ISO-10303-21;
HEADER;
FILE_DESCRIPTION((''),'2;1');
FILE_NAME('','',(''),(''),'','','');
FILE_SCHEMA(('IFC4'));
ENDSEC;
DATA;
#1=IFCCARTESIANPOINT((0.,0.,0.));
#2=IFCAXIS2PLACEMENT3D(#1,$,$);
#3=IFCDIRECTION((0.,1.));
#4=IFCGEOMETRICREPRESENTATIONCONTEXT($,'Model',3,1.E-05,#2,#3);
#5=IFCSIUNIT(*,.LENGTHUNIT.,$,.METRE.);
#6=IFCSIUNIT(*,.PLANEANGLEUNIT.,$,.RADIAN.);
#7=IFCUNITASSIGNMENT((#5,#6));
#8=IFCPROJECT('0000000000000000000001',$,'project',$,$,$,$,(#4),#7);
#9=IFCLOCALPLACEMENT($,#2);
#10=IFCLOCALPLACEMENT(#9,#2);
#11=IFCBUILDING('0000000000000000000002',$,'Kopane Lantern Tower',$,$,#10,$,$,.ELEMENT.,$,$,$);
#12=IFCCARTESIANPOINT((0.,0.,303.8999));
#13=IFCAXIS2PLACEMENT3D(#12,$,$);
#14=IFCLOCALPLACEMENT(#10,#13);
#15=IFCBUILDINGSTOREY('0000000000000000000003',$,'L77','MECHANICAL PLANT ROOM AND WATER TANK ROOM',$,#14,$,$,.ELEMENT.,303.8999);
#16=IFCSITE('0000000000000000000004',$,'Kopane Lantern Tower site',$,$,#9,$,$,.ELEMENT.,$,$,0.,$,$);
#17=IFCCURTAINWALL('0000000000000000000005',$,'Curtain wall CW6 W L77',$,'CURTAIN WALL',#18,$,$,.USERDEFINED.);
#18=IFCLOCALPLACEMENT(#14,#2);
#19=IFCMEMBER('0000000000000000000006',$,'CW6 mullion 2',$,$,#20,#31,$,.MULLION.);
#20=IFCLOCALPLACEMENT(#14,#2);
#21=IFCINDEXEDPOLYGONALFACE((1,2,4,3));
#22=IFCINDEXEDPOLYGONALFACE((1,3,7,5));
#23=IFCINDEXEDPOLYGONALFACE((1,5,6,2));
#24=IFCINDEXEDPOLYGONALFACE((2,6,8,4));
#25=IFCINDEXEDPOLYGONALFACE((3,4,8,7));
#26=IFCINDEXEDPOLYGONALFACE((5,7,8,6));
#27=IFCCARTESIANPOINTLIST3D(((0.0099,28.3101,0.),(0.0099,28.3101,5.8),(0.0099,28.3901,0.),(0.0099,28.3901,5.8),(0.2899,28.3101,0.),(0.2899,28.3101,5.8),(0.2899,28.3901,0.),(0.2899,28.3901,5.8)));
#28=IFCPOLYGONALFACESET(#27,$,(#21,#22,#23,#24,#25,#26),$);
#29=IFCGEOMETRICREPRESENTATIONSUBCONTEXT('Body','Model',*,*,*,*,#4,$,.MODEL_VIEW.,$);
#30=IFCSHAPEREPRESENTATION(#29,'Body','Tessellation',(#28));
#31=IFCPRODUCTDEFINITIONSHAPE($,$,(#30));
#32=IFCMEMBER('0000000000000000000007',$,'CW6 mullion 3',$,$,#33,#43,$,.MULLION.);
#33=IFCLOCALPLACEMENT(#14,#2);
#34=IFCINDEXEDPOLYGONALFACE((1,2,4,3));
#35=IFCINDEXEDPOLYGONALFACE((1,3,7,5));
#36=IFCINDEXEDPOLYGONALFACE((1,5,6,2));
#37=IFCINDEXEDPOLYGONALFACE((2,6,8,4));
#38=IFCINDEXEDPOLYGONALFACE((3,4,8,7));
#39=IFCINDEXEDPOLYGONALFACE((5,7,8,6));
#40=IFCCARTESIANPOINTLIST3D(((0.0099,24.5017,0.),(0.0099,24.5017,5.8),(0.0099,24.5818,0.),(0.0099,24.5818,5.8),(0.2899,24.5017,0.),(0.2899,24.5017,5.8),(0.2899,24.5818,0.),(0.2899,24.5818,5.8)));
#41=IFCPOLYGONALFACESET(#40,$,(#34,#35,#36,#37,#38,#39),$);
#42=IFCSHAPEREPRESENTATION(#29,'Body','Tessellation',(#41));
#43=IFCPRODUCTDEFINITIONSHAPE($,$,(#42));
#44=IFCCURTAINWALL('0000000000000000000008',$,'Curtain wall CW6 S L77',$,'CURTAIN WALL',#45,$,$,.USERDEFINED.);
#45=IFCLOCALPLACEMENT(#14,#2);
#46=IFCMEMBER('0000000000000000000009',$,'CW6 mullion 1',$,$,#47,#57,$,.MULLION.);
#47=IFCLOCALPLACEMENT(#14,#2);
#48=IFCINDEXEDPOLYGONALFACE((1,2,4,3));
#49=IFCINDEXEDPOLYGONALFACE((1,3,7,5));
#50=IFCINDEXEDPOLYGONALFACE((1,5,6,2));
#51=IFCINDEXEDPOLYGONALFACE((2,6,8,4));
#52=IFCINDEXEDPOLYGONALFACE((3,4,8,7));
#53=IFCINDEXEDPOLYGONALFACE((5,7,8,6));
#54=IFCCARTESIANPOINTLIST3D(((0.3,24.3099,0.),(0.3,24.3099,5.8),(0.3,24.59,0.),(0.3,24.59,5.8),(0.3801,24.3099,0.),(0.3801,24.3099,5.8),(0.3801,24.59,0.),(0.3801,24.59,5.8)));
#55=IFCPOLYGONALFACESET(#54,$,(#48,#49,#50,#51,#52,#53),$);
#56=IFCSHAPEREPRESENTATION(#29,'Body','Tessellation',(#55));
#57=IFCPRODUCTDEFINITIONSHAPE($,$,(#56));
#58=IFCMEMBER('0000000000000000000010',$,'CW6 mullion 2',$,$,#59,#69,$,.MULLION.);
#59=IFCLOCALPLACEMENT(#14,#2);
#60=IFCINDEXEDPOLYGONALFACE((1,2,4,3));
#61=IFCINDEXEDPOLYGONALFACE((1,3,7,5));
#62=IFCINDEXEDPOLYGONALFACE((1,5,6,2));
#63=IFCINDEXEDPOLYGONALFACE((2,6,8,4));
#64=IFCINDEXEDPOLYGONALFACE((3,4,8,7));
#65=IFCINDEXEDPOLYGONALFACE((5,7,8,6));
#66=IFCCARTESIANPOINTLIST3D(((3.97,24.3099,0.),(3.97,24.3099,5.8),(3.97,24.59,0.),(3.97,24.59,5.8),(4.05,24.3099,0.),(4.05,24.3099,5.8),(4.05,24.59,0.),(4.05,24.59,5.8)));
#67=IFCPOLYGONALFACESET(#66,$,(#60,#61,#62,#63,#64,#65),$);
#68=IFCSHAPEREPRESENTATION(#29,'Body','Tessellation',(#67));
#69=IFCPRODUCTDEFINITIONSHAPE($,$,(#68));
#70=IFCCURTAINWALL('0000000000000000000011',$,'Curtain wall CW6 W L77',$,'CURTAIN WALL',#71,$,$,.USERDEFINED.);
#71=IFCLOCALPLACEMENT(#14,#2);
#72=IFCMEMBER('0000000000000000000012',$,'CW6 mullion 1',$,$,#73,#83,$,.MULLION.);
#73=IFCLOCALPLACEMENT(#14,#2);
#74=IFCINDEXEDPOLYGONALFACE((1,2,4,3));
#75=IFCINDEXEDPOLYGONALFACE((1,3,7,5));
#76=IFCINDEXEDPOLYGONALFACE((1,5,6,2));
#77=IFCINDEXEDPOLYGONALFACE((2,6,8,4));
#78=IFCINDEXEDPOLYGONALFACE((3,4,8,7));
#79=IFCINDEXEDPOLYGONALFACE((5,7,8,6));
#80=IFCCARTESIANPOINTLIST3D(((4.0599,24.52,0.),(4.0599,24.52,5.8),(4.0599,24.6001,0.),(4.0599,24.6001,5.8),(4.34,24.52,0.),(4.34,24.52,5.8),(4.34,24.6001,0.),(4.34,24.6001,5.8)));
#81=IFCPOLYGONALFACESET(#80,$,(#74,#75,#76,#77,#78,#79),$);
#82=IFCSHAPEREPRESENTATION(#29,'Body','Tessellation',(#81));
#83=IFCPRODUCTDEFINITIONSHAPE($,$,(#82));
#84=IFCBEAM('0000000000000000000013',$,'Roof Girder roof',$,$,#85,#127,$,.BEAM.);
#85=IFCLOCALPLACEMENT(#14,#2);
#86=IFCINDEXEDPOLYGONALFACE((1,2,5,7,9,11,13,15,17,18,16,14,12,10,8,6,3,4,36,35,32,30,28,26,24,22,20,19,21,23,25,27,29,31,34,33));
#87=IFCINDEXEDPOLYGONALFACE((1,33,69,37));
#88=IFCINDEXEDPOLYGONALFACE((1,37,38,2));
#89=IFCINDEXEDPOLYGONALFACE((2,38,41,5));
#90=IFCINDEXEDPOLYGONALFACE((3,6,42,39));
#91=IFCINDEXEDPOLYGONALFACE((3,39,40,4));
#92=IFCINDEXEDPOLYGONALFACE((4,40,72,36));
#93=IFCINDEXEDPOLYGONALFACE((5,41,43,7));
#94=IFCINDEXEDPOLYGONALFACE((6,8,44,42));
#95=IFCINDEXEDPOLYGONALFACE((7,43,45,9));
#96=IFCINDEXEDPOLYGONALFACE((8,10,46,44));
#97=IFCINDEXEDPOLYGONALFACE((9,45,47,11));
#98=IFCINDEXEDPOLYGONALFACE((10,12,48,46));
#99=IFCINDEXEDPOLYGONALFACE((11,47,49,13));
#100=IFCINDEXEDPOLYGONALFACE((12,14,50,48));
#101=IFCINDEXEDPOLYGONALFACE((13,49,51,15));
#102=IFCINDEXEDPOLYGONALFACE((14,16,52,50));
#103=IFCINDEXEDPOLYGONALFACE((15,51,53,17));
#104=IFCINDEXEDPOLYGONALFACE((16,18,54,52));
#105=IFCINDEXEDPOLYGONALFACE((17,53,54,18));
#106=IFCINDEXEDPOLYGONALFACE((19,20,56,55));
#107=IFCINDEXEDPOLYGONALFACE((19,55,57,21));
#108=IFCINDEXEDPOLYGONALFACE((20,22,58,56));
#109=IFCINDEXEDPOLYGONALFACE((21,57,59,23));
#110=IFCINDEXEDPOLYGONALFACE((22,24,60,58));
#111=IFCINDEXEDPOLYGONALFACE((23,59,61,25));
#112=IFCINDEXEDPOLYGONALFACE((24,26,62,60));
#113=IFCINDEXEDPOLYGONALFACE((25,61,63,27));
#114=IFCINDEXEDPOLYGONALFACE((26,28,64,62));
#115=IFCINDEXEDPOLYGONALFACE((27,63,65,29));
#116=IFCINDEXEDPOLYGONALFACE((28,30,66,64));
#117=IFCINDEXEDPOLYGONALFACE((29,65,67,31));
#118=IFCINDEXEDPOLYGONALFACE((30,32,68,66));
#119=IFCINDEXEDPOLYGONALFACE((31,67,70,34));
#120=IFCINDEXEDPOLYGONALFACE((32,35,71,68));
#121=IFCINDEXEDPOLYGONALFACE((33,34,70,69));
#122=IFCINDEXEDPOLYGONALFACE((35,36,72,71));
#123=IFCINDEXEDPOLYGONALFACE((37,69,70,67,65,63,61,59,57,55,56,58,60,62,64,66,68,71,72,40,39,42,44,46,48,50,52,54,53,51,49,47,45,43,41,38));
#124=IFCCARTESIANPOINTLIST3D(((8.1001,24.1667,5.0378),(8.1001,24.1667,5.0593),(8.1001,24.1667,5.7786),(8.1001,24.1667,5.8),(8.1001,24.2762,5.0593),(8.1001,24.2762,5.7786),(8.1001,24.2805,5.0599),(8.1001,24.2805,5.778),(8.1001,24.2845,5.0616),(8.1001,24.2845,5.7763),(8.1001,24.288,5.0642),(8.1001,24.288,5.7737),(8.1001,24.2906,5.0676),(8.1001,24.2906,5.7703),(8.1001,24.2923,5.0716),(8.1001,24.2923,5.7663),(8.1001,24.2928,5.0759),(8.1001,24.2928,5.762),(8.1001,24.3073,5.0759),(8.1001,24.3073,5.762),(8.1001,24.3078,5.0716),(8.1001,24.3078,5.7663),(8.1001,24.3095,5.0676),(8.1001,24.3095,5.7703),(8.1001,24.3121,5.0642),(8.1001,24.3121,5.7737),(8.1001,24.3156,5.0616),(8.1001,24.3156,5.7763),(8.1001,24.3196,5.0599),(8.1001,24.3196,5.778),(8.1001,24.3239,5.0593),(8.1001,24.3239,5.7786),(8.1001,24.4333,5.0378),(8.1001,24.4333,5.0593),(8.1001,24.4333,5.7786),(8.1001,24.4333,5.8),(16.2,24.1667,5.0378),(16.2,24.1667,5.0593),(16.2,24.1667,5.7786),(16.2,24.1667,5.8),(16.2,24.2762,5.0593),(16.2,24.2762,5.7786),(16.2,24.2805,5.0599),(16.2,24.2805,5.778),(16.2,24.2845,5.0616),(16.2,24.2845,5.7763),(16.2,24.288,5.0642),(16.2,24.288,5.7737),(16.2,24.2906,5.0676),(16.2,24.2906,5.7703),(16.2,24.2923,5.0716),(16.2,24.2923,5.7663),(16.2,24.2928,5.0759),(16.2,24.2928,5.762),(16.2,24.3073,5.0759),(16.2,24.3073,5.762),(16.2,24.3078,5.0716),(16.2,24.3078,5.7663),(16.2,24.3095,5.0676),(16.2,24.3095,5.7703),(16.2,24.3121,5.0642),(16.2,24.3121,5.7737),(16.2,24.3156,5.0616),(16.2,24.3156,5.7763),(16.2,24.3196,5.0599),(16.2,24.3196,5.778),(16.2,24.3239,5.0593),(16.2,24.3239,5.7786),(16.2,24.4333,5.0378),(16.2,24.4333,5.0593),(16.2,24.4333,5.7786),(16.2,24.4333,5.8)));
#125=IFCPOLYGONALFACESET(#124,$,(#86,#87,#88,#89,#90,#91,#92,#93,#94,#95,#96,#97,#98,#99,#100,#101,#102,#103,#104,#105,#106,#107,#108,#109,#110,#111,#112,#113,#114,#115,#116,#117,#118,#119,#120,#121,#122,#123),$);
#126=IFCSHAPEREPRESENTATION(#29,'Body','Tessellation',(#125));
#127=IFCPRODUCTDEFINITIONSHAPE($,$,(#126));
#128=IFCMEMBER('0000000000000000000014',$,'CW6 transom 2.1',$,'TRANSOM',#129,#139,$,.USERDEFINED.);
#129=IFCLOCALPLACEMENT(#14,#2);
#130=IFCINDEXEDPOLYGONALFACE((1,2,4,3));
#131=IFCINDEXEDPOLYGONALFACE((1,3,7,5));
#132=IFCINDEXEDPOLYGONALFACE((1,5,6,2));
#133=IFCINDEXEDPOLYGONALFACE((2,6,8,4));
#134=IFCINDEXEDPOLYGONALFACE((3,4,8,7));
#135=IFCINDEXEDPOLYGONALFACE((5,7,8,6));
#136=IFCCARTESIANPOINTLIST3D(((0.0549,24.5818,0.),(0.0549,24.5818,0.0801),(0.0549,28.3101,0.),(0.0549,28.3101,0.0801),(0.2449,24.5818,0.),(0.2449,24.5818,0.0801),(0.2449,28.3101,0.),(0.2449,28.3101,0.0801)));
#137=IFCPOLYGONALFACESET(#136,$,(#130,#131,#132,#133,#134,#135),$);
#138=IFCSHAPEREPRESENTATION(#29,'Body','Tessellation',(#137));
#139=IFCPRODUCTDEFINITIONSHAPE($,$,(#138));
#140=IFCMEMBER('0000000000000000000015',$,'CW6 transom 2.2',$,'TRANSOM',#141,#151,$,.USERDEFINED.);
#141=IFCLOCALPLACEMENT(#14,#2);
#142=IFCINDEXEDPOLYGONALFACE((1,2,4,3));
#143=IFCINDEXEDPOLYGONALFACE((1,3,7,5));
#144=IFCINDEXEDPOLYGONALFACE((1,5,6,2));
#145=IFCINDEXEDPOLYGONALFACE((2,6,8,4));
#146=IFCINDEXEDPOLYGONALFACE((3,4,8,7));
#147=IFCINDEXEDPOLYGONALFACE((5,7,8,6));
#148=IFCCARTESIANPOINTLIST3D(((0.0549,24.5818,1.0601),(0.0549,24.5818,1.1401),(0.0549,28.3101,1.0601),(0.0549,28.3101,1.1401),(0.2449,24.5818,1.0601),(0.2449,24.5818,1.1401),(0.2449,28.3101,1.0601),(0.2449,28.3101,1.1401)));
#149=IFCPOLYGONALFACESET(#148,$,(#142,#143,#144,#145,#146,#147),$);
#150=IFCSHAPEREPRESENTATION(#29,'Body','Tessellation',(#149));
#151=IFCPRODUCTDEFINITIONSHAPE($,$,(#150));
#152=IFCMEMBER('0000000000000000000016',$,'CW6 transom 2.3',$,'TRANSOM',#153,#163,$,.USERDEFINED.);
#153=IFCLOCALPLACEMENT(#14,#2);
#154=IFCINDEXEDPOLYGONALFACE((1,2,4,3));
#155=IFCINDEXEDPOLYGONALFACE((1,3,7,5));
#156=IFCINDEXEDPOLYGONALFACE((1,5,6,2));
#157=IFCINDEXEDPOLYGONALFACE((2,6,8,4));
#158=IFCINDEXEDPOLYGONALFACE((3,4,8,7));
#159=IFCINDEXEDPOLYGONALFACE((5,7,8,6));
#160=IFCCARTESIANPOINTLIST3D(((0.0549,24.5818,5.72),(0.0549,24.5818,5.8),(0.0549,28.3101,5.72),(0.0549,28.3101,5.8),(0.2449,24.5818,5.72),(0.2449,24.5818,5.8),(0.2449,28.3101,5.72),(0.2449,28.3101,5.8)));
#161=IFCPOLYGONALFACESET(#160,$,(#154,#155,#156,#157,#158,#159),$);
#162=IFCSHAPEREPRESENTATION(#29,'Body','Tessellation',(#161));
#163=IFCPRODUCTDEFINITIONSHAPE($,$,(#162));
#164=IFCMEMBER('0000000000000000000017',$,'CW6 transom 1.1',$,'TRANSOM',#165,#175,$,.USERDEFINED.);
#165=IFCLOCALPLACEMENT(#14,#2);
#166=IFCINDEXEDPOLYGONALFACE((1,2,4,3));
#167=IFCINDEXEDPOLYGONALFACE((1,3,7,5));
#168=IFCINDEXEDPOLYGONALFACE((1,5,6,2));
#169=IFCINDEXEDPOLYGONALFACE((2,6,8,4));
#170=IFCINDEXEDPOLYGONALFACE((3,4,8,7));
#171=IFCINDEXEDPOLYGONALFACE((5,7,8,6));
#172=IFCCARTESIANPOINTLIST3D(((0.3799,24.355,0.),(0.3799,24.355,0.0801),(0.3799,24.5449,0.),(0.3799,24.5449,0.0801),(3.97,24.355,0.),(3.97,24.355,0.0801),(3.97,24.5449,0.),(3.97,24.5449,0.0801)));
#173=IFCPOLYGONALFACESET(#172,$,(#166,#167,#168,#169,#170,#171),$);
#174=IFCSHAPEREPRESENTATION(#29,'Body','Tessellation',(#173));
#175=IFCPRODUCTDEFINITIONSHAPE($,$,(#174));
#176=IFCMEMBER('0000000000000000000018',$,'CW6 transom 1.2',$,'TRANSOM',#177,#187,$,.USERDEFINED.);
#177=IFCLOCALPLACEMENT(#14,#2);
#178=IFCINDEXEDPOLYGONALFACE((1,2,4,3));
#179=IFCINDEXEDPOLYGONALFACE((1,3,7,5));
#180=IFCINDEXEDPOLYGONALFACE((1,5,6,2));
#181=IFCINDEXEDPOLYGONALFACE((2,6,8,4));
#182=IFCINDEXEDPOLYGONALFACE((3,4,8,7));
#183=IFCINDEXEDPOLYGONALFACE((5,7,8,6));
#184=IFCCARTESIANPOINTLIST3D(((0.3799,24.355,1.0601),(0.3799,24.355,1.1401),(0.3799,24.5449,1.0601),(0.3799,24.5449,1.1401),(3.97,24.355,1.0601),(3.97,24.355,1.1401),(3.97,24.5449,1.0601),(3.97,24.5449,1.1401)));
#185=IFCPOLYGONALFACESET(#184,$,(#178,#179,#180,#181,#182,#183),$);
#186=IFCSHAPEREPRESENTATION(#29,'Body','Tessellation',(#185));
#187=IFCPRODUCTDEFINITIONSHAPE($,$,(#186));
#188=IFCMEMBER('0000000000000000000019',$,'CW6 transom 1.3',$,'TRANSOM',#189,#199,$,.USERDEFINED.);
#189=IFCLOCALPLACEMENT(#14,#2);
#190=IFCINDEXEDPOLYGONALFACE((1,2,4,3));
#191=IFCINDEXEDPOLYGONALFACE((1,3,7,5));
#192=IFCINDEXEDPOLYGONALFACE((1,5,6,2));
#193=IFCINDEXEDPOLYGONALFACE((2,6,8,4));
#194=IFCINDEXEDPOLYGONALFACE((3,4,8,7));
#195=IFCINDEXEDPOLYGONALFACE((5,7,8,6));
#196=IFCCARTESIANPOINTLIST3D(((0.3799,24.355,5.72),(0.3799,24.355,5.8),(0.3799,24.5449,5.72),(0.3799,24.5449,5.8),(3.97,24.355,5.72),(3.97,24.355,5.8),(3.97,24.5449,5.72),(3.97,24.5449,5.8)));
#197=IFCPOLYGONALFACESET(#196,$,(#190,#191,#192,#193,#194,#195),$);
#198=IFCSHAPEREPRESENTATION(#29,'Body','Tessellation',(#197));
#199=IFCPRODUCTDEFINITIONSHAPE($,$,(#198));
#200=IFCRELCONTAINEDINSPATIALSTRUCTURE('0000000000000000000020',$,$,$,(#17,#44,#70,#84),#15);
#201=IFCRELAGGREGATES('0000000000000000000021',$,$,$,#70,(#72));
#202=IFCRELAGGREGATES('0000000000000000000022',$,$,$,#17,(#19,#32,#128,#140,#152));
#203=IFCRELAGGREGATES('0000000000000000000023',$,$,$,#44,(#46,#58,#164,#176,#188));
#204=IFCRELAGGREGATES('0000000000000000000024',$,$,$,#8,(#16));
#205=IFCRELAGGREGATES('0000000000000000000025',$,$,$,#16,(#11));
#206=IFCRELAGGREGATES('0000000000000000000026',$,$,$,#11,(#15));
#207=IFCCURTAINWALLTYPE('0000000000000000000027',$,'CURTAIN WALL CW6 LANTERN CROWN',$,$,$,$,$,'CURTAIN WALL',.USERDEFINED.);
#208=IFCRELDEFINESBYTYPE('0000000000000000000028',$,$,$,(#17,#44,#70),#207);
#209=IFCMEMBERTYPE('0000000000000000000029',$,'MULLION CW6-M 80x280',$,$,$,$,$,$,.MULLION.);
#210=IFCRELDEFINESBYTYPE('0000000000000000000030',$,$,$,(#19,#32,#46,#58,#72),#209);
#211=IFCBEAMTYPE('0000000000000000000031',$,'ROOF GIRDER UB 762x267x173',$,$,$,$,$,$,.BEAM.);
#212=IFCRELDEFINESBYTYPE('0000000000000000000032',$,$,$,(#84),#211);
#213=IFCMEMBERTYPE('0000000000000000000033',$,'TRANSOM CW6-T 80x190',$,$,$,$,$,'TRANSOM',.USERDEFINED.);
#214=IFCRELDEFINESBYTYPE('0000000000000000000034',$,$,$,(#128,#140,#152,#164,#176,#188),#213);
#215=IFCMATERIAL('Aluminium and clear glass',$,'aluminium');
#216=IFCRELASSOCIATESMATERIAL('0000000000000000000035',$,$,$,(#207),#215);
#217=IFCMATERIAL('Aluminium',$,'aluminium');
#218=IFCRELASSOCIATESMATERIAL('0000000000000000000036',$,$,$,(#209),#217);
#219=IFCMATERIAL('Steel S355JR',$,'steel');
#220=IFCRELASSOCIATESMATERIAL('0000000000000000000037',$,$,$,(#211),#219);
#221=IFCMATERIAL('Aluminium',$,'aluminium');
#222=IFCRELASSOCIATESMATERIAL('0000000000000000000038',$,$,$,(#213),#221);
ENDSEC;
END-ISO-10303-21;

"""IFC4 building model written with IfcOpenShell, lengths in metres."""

from ifc_helpers import new_model, si_unit, direction, frame, origin, origin_2d, place, context, subcontext, project, spatial, rectangle, i_section, extrude, material, material_profile, profile_set, type_object, element, aggregate, save


model = new_model("IFC4")

# Units and contexts
model_context = context("Model", 3, precision=1e-05, world=origin(), true_north=direction((0.0, 1.0)))
body_context = subcontext(model_context, "Body", "Model", "MODEL_VIEW")
ifc_project = project(units=[si_unit("LENGTHUNIT", "METRE"), si_unit("PLANEANGLEUNIT", "RADIAN")], contexts=[model_context])

# Site, building, storey
site_placement = place(None, origin())
site = spatial("IfcSite", under=ifc_project, at=site_placement, Name="Kopane Lantern Tower site", CompositionType="ELEMENT", RefElevation=0.0)
building_placement = place(site_placement, origin())
building = spatial("IfcBuilding", under=site, at=building_placement, Name="Kopane Lantern Tower", CompositionType="ELEMENT")
storey_placement = place(building_placement, frame((0.0, 0.0, 303.8999)))
storey = spatial("IfcBuildingStorey", under=building, at=storey_placement, Name="L77", Description="MECHANICAL PLANT ROOM AND WATER TANK ROOM", CompositionType="ELEMENT", Elevation=303.8999)

# Curtain walls, members
ifc_material_1 = material(Name="Aluminium and clear glass", Category="aluminium")
curtain_wall_type = type_object("IfcCurtainWallType", Name="CURTAIN WALL CW6 LANTERN CROWN", ElementType="CURTAIN WALL", PredefinedType="USERDEFINED", material=ifc_material_1)
curtain_wall_1_placement = place(storey_placement, origin())
curtain_wall_1 = element("IfcCurtainWall", 1, at=curtain_wall_1_placement, inside=storey, type_object=curtain_wall_type, Name="Curtain wall CW6 W L77", ObjectType="CURTAIN WALL", PredefinedType="USERDEFINED")
ifc_material_2 = material(Name="Aluminium", Category="aluminium")
ifc_material_profile_1 = material_profile(ifc_material_2, rectangle(XDim=0.0801, YDim=0.28, at=origin_2d()), Name="AL 80x280")
ifc_profile_set_1 = profile_set([ifc_material_profile_1], Name="Aluminium")
member_type_1 = type_object("IfcMemberType", Name="MULLION CW6-M 80x280", PredefinedType="MULLION", material=ifc_profile_set_1)
member_1_placement = place(storey_placement, frame((0.1499, 28.3501, 0.0), z_axis=(0.0, 0.0, 1.0), x_axis=(0.0, -1.0, 0.0)))
member_1 = element("IfcMember", 2, at=member_1_placement, type_object=member_type_1, Name="CW6 mullion 2", PredefinedType="MULLION", context=body_context, shape_type="SweptSolid", body=[
    extrude(rectangle(XDim=0.0801, YDim=0.28, at=origin_2d()), origin(), (0.0, 0.0, 1.0), 5.8),
])
member_2_placement = place(storey_placement, frame((0.1499, 24.5417, 0.0), z_axis=(0.0, 0.0, 1.0), x_axis=(0.0, -1.0, 0.0)))
member_2 = element("IfcMember", 3, at=member_2_placement, type_object=member_type_1, Name="CW6 mullion 3", PredefinedType="MULLION", context=body_context, shape_type="SweptSolid", body=[
    extrude(rectangle(XDim=0.0801, YDim=0.28, at=origin_2d()), origin(), (0.0, 0.0, 1.0), 5.8),
])
curtain_wall_2_placement = place(storey_placement, origin())
curtain_wall_2 = element("IfcCurtainWall", 4, at=curtain_wall_2_placement, inside=storey, type_object=curtain_wall_type, Name="Curtain wall CW6 S L77", ObjectType="CURTAIN WALL", PredefinedType="USERDEFINED")
member_3_placement = place(storey_placement, frame((0.3401, 24.45, 0.0), z_axis=(0.0, 0.0, 1.0), x_axis=(1.0, 0.0, 0.0)))
member_3 = element("IfcMember", 5, at=member_3_placement, type_object=member_type_1, Name="CW6 mullion 1", PredefinedType="MULLION", context=body_context, shape_type="SweptSolid", body=[
    extrude(rectangle(XDim=0.0801, YDim=0.28, at=origin_2d()), origin(), (0.0, 0.0, 1.0), 5.8),
])
member_4_placement = place(storey_placement, frame((4.01, 24.45, 0.0), z_axis=(0.0, 0.0, 1.0), x_axis=(1.0, 0.0, 0.0)))
member_4 = element("IfcMember", 6, at=member_4_placement, type_object=member_type_1, Name="CW6 mullion 2", PredefinedType="MULLION", context=body_context, shape_type="SweptSolid", body=[
    extrude(rectangle(XDim=0.0801, YDim=0.28, at=origin_2d()), origin(), (0.0, 0.0, 1.0), 5.8),
])

# Curtain wall, member
curtain_wall_3_placement = place(storey_placement, origin())
curtain_wall_3 = element("IfcCurtainWall", 7, at=curtain_wall_3_placement, inside=storey, type_object=curtain_wall_type, Name="Curtain wall CW6 W L77", ObjectType="CURTAIN WALL", PredefinedType="USERDEFINED")
member_5_placement = place(storey_placement, frame((4.2, 24.5601, 0.0), z_axis=(0.0, 0.0, 1.0), x_axis=(0.0, -1.0, 0.0)))
member_5 = element("IfcMember", 8, at=member_5_placement, type_object=member_type_1, Name="CW6 mullion 1", PredefinedType="MULLION", context=body_context, shape_type="SweptSolid", body=[
    extrude(rectangle(XDim=0.0801, YDim=0.28, at=origin_2d()), origin(), (0.0, 0.0, 1.0), 5.8),
])

# Beam
ifc_material_3 = material(Name="Steel S355JR", Category="steel")
ifc_material_profile_2 = material_profile(ifc_material_3, i_section(OverallWidth=0.2666, OverallDepth=0.7622, WebThickness=0.0144, FlangeThickness=0.0215, FilletRadius=0.0166, at=origin_2d()), Name="UB 762x267x173")
ifc_profile_set_2 = profile_set([ifc_material_profile_2], Name="Steel S355JR")
beam_type = type_object("IfcBeamType", Name="ROOF GIRDER UB 762x267x173", PredefinedType="BEAM", material=ifc_profile_set_2)
beam_placement = place(storey_placement, frame((8.1001, 24.3, 5.4189), z_axis=(1.0, 0.0, 0.0), x_axis=(0.0, 1.0, 0.0)))
element("IfcBeam", 9, at=beam_placement, inside=storey, type_object=beam_type, Name="Roof Girder roof", PredefinedType="BEAM", context=body_context, shape_type="SweptSolid", body=[
    extrude(i_section(OverallWidth=0.2666, OverallDepth=0.7622, WebThickness=0.0144, FlangeThickness=0.0215, FilletRadius=0.0166, at=origin_2d()), origin(), (0.0, 0.0, 1.0), 8.0999),
])

# Members
ifc_material_4 = material(Name="Aluminium", Category="aluminium")
ifc_material_profile_3 = material_profile(ifc_material_4, rectangle(XDim=0.1899, YDim=0.0801, at=origin_2d()), Name="AL 190x80")
ifc_profile_set_3 = profile_set([ifc_material_profile_3], Name="Aluminium")
member_type_2 = type_object("IfcMemberType", Name="TRANSOM CW6-T 80x190", ElementType="TRANSOM", PredefinedType="USERDEFINED", material=ifc_profile_set_3)
member_6_placement = place(storey_placement, frame((0.1499, 28.3101, 0.04), z_axis=(0.0, -1.0, 0.0), x_axis=(1.0, 0.0, 0.0)))
member_6 = element("IfcMember", 10, at=member_6_placement, type_object=member_type_2, Name="CW6 transom 2.1", ObjectType="TRANSOM", PredefinedType="USERDEFINED", context=body_context, shape_type="SweptSolid", body=[
    extrude(rectangle(XDim=0.1899, YDim=0.0801, at=origin_2d()), origin(), (0.0, 0.0, 1.0), 3.7283),
])
member_7_placement = place(storey_placement, frame((0.1499, 28.3101, 1.1001), z_axis=(0.0, -1.0, 0.0), x_axis=(1.0, 0.0, 0.0)))
member_7 = element("IfcMember", 11, at=member_7_placement, type_object=member_type_2, Name="CW6 transom 2.2", ObjectType="TRANSOM", PredefinedType="USERDEFINED", context=body_context, shape_type="SweptSolid", body=[
    extrude(rectangle(XDim=0.1899, YDim=0.0801, at=origin_2d()), origin(), (0.0, 0.0, 1.0), 3.7283),
])
member_8_placement = place(storey_placement, frame((0.1499, 28.3101, 5.76), z_axis=(0.0, -1.0, 0.0), x_axis=(1.0, 0.0, 0.0)))
member_8 = element("IfcMember", 12, at=member_8_placement, type_object=member_type_2, Name="CW6 transom 2.3", ObjectType="TRANSOM", PredefinedType="USERDEFINED", context=body_context, shape_type="SweptSolid", body=[
    extrude(rectangle(XDim=0.1899, YDim=0.0801, at=origin_2d()), origin(), (0.0, 0.0, 1.0), 3.7283),
])
member_9_placement = place(storey_placement, frame((0.3799, 24.45, 0.04), z_axis=(1.0, 0.0, 0.0), x_axis=(0.0, 1.0, 0.0)))
member_9 = element("IfcMember", 13, at=member_9_placement, type_object=member_type_2, Name="CW6 transom 1.1", ObjectType="TRANSOM", PredefinedType="USERDEFINED", context=body_context, shape_type="SweptSolid", body=[
    extrude(rectangle(XDim=0.1899, YDim=0.0801, at=origin_2d()), origin(), (0.0, 0.0, 1.0), 3.5901),
])
member_10_placement = place(storey_placement, frame((0.3799, 24.45, 1.1001), z_axis=(1.0, 0.0, 0.0), x_axis=(0.0, 1.0, 0.0)))
member_10 = element("IfcMember", 14, at=member_10_placement, type_object=member_type_2, Name="CW6 transom 1.2", ObjectType="TRANSOM", PredefinedType="USERDEFINED", context=body_context, shape_type="SweptSolid", body=[
    extrude(rectangle(XDim=0.1899, YDim=0.0801, at=origin_2d()), origin(), (0.0, 0.0, 1.0), 3.5901),
])
member_11_placement = place(storey_placement, frame((0.3799, 24.45, 5.76), z_axis=(1.0, 0.0, 0.0), x_axis=(0.0, 1.0, 0.0)))
member_11 = element("IfcMember", 15, at=member_11_placement, type_object=member_type_2, Name="CW6 transom 1.3", ObjectType="TRANSOM", PredefinedType="USERDEFINED", context=body_context, shape_type="SweptSolid", body=[
    extrude(rectangle(XDim=0.1899, YDim=0.0801, at=origin_2d()), origin(), (0.0, 0.0, 1.0), 3.5901),
])
aggregate(curtain_wall_3, [member_5])

aggregate(curtain_wall_1, [member_1, member_2, member_6, member_7, member_8])
aggregate(curtain_wall_2, [member_3, member_4, member_9, member_10, member_11])

save(model, "model.ifc")
